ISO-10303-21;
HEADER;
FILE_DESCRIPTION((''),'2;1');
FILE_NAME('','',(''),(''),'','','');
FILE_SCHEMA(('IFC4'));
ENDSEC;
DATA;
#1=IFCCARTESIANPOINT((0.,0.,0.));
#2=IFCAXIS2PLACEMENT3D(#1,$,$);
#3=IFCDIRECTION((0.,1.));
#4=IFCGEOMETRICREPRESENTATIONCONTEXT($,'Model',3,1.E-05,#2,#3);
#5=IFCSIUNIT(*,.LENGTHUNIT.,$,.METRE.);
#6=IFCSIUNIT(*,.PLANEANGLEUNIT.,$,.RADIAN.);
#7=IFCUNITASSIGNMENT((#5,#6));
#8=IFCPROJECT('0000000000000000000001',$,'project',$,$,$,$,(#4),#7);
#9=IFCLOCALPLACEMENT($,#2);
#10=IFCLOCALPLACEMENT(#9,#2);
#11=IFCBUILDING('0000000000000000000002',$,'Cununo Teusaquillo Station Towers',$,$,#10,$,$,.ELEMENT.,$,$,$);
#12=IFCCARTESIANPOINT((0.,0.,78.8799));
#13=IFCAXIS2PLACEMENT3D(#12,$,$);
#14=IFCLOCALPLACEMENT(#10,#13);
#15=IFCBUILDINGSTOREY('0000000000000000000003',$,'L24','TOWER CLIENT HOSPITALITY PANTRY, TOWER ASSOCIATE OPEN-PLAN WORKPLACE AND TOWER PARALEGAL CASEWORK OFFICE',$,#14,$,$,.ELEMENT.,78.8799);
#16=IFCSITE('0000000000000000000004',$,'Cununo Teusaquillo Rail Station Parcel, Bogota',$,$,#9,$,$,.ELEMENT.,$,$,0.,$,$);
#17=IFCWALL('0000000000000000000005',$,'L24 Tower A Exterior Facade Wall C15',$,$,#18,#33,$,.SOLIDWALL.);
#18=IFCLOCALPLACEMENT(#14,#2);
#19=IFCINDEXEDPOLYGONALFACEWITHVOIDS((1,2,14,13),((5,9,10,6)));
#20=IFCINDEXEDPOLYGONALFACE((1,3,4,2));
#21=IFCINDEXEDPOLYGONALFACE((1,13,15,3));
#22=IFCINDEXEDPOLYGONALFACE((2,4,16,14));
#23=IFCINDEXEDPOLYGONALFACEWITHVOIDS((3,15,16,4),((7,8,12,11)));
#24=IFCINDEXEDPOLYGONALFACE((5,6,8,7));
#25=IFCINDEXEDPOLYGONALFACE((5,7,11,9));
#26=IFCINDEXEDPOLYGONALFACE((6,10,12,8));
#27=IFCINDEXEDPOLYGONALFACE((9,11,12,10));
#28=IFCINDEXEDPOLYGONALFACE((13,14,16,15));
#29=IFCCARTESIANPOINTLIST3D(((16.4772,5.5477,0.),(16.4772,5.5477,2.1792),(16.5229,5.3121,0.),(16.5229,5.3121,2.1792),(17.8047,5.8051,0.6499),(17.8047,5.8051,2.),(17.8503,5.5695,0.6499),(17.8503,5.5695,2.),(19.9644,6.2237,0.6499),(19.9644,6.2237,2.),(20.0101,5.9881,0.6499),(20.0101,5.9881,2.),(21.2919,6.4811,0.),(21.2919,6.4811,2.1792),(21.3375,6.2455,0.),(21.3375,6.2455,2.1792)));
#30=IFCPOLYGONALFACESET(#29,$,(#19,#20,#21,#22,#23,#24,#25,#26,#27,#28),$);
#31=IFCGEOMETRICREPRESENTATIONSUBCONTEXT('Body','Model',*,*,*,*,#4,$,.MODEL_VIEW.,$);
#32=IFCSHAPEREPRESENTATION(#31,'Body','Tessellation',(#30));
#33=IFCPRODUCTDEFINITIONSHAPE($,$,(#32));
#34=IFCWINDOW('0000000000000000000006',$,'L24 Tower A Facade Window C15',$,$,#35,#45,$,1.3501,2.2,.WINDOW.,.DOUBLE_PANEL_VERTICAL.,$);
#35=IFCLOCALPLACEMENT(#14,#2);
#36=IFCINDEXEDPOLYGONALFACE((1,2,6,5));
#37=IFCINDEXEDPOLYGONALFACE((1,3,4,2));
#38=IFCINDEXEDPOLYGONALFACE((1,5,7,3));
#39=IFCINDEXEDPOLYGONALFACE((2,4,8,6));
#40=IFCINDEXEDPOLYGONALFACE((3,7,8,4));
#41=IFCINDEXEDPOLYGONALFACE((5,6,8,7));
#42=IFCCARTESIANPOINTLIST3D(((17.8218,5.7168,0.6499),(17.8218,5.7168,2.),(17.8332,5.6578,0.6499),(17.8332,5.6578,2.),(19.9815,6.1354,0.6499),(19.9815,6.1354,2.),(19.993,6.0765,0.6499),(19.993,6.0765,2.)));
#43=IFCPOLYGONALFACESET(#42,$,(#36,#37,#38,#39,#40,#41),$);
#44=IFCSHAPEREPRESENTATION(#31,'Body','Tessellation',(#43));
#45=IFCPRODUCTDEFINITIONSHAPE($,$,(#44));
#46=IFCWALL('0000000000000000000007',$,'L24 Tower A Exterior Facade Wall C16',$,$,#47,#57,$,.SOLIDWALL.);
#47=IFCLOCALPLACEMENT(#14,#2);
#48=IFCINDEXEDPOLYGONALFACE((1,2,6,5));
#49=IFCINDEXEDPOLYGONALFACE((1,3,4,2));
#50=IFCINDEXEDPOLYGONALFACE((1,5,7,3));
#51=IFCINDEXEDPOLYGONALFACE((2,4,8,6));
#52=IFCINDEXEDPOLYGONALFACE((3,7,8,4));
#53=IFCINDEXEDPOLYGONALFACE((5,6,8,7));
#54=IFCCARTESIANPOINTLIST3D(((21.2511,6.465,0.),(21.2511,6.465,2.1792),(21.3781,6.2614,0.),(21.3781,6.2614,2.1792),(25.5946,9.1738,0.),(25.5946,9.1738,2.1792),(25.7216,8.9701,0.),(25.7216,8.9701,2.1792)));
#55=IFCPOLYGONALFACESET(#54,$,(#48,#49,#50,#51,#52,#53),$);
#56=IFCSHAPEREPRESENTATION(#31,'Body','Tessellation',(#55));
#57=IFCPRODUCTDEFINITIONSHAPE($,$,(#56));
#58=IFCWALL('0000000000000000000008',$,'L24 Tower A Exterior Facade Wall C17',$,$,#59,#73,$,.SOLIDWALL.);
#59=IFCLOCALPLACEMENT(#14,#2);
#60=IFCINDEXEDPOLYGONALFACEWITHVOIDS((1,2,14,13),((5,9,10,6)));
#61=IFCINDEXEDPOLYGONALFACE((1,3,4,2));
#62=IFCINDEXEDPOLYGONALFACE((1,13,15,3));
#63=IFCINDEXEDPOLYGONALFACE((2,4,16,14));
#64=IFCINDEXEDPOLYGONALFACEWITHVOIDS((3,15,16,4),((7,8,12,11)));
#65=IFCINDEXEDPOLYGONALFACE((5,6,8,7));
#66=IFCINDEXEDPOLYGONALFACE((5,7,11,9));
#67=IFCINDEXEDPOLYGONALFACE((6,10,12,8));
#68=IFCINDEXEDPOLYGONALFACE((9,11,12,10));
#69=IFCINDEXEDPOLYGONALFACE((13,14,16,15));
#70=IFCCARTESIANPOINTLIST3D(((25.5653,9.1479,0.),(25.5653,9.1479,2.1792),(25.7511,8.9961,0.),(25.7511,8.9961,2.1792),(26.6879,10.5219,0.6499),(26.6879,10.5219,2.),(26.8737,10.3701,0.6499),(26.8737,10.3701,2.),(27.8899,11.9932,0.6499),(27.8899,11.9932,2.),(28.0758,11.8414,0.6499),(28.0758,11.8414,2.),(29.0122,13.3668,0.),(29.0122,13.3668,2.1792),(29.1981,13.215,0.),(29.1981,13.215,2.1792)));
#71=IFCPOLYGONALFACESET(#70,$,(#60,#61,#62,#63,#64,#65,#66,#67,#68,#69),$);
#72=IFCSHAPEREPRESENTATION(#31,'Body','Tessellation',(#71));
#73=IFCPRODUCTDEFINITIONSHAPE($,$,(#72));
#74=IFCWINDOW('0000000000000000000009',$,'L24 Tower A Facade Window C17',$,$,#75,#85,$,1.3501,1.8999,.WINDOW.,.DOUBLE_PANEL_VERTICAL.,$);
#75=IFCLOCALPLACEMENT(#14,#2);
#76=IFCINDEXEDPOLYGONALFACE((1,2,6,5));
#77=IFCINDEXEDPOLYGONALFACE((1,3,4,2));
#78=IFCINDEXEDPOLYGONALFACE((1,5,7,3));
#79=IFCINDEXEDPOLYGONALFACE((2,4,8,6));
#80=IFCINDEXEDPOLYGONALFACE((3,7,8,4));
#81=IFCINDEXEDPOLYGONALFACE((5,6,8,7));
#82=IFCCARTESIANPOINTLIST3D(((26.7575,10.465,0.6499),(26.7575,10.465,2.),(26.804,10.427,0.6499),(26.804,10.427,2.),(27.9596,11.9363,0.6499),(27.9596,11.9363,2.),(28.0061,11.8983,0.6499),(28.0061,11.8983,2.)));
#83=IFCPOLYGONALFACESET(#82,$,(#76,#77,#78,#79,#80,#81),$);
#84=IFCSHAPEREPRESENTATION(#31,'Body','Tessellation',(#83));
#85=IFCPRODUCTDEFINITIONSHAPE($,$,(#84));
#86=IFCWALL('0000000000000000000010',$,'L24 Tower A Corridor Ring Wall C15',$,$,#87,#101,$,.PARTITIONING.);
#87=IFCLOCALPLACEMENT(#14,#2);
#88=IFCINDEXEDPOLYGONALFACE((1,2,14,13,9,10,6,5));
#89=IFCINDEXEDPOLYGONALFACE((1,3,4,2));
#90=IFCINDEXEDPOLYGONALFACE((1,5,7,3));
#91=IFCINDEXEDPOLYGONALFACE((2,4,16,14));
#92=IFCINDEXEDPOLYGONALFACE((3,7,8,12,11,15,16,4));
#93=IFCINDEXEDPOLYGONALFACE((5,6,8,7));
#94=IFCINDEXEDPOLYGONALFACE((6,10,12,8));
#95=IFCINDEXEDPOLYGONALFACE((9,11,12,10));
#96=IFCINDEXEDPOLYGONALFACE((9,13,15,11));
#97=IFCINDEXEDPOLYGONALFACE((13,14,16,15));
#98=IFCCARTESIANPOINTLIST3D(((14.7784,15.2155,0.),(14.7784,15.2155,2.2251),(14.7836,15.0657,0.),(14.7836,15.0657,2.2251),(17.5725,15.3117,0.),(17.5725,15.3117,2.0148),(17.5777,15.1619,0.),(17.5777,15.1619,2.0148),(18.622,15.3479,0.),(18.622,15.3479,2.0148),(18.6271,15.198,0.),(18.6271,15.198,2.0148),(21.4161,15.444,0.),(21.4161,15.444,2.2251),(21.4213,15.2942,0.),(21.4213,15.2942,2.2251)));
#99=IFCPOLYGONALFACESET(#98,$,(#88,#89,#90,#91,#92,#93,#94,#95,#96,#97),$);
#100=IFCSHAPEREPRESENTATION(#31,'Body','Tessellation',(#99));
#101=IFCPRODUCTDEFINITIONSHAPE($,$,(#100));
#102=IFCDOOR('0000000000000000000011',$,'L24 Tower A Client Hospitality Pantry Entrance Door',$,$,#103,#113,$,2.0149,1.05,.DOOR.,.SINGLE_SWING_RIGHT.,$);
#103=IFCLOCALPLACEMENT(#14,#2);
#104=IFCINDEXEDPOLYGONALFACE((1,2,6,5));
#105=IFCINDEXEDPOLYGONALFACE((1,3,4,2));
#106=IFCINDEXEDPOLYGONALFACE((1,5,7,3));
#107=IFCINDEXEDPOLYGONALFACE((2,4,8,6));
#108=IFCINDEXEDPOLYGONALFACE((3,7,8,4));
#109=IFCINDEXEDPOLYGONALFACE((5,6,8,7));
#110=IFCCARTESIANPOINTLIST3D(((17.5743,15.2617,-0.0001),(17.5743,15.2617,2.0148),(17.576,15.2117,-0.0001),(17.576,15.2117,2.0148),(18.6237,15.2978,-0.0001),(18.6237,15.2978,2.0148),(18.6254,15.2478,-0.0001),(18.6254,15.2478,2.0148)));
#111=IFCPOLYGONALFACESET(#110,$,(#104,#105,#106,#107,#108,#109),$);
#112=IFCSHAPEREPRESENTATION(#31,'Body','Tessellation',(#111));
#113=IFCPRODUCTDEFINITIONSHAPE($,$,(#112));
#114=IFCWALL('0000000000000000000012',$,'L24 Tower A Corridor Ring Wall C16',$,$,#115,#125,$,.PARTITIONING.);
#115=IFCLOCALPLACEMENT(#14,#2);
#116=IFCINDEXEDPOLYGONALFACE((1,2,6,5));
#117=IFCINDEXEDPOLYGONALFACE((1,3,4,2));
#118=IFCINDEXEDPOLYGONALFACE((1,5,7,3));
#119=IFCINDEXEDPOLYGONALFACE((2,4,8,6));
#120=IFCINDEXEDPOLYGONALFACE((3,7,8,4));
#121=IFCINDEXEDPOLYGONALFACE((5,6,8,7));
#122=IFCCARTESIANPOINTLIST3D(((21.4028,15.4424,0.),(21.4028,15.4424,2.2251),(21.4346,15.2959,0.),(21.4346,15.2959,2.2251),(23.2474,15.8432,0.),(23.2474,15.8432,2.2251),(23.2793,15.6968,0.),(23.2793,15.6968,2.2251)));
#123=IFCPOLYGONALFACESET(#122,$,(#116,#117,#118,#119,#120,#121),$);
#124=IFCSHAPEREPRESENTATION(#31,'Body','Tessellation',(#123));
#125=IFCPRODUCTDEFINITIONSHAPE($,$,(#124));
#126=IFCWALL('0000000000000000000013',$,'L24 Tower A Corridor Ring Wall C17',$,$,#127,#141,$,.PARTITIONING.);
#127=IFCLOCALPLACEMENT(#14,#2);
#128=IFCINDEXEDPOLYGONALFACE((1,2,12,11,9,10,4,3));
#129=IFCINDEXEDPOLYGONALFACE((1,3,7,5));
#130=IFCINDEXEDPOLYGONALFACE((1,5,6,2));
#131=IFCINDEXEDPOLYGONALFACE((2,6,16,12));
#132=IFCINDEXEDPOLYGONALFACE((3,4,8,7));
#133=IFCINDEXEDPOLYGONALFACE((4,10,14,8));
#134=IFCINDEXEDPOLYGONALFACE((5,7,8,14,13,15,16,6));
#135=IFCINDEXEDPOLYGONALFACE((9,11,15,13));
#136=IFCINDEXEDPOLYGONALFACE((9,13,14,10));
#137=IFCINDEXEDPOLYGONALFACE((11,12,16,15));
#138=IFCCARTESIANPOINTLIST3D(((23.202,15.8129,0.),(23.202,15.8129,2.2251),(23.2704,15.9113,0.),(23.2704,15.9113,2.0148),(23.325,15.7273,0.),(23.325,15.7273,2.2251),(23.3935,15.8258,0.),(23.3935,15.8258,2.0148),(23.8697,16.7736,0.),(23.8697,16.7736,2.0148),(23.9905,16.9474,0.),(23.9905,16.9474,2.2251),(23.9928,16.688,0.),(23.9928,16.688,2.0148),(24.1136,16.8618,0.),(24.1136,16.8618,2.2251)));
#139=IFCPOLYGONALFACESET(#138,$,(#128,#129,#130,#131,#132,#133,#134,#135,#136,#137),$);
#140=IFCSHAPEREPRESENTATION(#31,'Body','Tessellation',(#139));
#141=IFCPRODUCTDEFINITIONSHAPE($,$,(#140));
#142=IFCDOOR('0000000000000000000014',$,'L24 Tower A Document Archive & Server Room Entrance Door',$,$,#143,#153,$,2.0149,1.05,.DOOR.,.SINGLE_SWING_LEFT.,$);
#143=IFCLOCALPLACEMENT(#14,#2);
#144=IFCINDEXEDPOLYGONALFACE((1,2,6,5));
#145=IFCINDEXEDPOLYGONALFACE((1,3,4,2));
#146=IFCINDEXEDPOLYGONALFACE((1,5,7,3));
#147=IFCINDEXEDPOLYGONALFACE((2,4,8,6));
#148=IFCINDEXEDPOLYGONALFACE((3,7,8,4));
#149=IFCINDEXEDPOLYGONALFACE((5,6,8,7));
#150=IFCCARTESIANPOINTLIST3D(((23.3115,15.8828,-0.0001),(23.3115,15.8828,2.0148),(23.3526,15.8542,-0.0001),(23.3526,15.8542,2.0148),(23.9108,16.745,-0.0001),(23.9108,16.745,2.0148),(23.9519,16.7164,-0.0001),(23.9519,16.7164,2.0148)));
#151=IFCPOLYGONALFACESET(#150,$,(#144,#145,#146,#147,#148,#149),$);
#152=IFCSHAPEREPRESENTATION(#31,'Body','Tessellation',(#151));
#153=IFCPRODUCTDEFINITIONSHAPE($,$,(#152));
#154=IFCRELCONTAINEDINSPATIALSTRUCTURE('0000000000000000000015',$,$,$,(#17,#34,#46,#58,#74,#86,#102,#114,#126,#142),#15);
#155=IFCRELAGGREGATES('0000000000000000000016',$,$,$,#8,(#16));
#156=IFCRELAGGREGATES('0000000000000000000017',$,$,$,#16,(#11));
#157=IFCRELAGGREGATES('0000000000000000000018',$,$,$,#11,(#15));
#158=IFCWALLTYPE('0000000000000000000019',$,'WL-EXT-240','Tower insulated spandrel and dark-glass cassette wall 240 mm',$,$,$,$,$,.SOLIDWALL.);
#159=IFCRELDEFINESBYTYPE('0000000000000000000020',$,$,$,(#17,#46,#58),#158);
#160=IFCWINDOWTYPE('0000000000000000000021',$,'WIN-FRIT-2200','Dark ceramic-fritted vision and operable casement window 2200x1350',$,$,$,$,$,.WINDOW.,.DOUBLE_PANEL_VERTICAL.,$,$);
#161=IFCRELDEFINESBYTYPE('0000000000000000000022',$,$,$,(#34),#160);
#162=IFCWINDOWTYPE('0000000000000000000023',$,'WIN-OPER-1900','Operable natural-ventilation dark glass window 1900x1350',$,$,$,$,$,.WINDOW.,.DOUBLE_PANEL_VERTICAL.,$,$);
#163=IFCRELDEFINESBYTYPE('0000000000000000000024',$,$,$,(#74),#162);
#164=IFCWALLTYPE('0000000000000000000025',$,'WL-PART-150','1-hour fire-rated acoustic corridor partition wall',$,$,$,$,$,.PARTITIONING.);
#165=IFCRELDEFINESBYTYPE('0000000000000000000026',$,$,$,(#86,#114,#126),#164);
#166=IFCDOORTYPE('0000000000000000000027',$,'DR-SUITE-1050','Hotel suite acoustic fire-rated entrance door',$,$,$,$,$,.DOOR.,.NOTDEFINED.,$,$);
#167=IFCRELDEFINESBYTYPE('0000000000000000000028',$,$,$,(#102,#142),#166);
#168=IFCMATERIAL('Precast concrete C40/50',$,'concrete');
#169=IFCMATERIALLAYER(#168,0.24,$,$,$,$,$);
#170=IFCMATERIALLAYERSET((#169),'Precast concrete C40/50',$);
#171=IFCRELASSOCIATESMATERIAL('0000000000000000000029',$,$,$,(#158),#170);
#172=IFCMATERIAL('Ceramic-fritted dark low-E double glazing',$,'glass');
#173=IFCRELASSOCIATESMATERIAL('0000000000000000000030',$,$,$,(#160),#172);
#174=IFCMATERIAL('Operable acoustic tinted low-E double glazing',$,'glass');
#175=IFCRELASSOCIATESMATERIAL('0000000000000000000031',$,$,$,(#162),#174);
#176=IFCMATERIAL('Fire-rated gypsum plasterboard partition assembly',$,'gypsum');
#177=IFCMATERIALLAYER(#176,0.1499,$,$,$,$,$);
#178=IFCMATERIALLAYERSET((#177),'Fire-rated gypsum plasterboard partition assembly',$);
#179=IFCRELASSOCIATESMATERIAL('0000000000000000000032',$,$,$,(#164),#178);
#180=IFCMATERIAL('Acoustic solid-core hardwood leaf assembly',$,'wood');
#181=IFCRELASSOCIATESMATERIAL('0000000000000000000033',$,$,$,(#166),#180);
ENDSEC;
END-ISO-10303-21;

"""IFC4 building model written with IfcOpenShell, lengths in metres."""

from ifc_helpers import new_model, si_unit, direction, frame, frame_2d, origin, place, context, subcontext, project, spatial, rectangle, extrude, source, transform, mapped, material, layer, layer_set, type_object, element, fill, save


model = new_model("IFC4")

# Units and contexts
model_context = context("Model", 3, precision=1e-05, world=origin(), true_north=direction((0.0, 1.0)))
body_context = subcontext(model_context, "Body", "Model", "MODEL_VIEW")
ifc_project = project(units=[si_unit("LENGTHUNIT", "METRE"), si_unit("PLANEANGLEUNIT", "RADIAN")], contexts=[model_context])

# Site, building, storey
site_placement = place(None, origin())
site = spatial("IfcSite", under=ifc_project, at=site_placement, Name="Cununo Teusaquillo Rail Station Parcel, Bogota", CompositionType="ELEMENT", RefElevation=0.0)
building_placement = place(site_placement, origin())
building = spatial("IfcBuilding", under=site, at=building_placement, Name="Cununo Teusaquillo Station Towers", CompositionType="ELEMENT")
storey_placement = place(building_placement, frame((0.0, 0.0, 78.8799)))
storey = spatial("IfcBuildingStorey", under=building, at=storey_placement, Name="L24", Description="TOWER CLIENT HOSPITALITY PANTRY, TOWER ASSOCIATE OPEN-PLAN WORKPLACE AND TOWER PARALEGAL CASEWORK OFFICE", CompositionType="ELEMENT", Elevation=78.8799)

# Shared definitions
ifc_material_1 = material(Name="Precast concrete C40/50", Category="concrete")
ifc_layer_1 = layer(ifc_material_1, 0.24)
ifc_layer_set_1 = layer_set([ifc_layer_1], Name="Precast concrete C40/50")
wall_type_1 = type_object("IfcWallType", Name="WL-EXT-240", Description="Tower insulated spandrel and dark-glass cassette wall 240 mm", PredefinedType="SOLIDWALL", material=ifc_layer_set_1)

# Wall, opening, window
wall_1_placement = place(storey_placement, frame((21.3147, 6.3633, 0.0), z_axis=(0.0, 0.0, 1.0), x_axis=(-0.981724, -0.190311, 0.0)))
wall_1 = element("IfcWall", 1, at=wall_1_placement, inside=storey, type_object=wall_type_1, Name="L24 Tower A Exterior Facade Wall C15", PredefinedType="SOLIDWALL", context=body_context, shape_type="SweptSolid", body=[
    extrude(rectangle(XDim=4.9043, YDim=0.24, at=frame_2d((2.4521, 0.0))), origin(), (0.0, 0.0, 1.0), 2.1792),
])
shared_shape_1 = source(origin(), body_context, "Body", "SweptSolid", [
    extrude(rectangle(XDim=2.2, YDim=1.3501, at=frame_2d((1.1001, 0.675))), frame((0.0, 0.1299, 0.0), z_axis=(0.0, -1.0, 0.0), x_axis=(1.0, 0.0, 0.0)), (0.0, 0.0, 1.0), 0.26),
])
opening_1_placement = place(wall_1_placement, frame((1.3521, 0.0, 0.6499)))
opening_1 = element("IfcOpeningElement", 2, at=opening_1_placement, cuts=wall_1, PredefinedType="OPENING", context=body_context, shape_type="MappedRepresentation", body=[
    mapped(shared_shape_1, transform((0.0, 0.0, 0.0), x_axis=(1.0, 0.0, 0.0), y_axis=(0.0, 1.0, 0.0), z_axis=(0.0, 0.0, 1.0), scale=1.0)),
])
ifc_material_2 = material(Name="Ceramic-fritted dark low-E double glazing", Category="glass")
window_type_1 = type_object("IfcWindowType", Name="WIN-FRIT-2200", Description="Dark ceramic-fritted vision and operable casement window 2200x1350", PartitioningType="DOUBLE_PANEL_VERTICAL", PredefinedType="WINDOW", material=ifc_material_2)
shared_shape_2 = source(origin(), body_context, "Body", "SweptSolid", [
    extrude(rectangle(XDim=2.2, YDim=1.3501, at=frame_2d((1.1001, 0.675))), frame((0.0, 0.03, 0.0), z_axis=(0.0, -1.0, 0.0), x_axis=(1.0, 0.0, 0.0)), (0.0, 0.0, 1.0), 0.0601),
])
window_1_placement = place(opening_1_placement, origin())
window_1 = element("IfcWindow", 3, at=window_1_placement, inside=storey, type_object=window_type_1, Name="L24 Tower A Facade Window C15", OverallHeight=1.3501, OverallWidth=2.2, PartitioningType="DOUBLE_PANEL_VERTICAL", PredefinedType="WINDOW", context=body_context, shape_type="MappedRepresentation", body=[
    mapped(shared_shape_2, transform((0.0, 0.0, 0.0), x_axis=(1.0, 0.0, 0.0), y_axis=(0.0, 1.0, 0.0), z_axis=(0.0, 0.0, 1.0), scale=1.0)),
])
fill(opening_1, window_1)

# Wall
wall_2_placement = place(storey_placement, frame((25.6582, 9.072, 0.0), z_axis=(0.0, 0.0, 1.0), x_axis=(-0.84852, -0.529163, 0.0)))
element("IfcWall", 4, at=wall_2_placement, inside=storey, type_object=wall_type_1, Name="L24 Tower A Exterior Facade Wall C16", PredefinedType="SOLIDWALL", context=body_context, shape_type="SweptSolid", body=[
    extrude(rectangle(XDim=5.1189, YDim=0.24, at=frame_2d((2.5596, 0.0))), origin(), (0.0, 0.0, 1.0), 2.1792),
])

# Wall, opening, window
wall_3_placement = place(storey_placement, frame((29.1052, 13.291, 0.0), z_axis=(0.0, 0.0, 1.0), x_axis=(-0.632701, -0.774396, 0.0)))
wall_3 = element("IfcWall", 5, at=wall_3_placement, inside=storey, type_object=wall_type_1, Name="L24 Tower A Exterior Facade Wall C17", PredefinedType="SOLIDWALL", context=body_context, shape_type="SweptSolid", body=[
    extrude(rectangle(XDim=5.448, YDim=0.24, at=frame_2d((2.7241, 0.0))), origin(), (0.0, 0.0, 1.0), 2.1792),
])
shared_shape_3 = source(origin(), body_context, "Body", "SweptSolid", [
    extrude(rectangle(XDim=1.8999, YDim=1.3501, at=frame_2d((0.95, 0.675))), frame((0.0, 0.1299, 0.0), z_axis=(0.0, -1.0, 0.0), x_axis=(1.0, 0.0, 0.0)), (0.0, 0.0, 1.0), 0.26),
])
opening_2_placement = place(wall_3_placement, frame((1.7739, 0.0, 0.6499)))
opening_2 = element("IfcOpeningElement", 6, at=opening_2_placement, cuts=wall_3, PredefinedType="OPENING", context=body_context, shape_type="MappedRepresentation", body=[
    mapped(shared_shape_3, transform((0.0, 0.0, 0.0), x_axis=(1.0, 0.0, 0.0), y_axis=(0.0, 1.0, 0.0), z_axis=(0.0, 0.0, 1.0), scale=1.0)),
])
ifc_material_3 = material(Name="Operable acoustic tinted low-E double glazing", Category="glass")
window_type_2 = type_object("IfcWindowType", Name="WIN-OPER-1900", Description="Operable natural-ventilation dark glass window 1900x1350", PartitioningType="DOUBLE_PANEL_VERTICAL", PredefinedType="WINDOW", material=ifc_material_3)
shared_shape_4 = source(origin(), body_context, "Body", "SweptSolid", [
    extrude(rectangle(XDim=1.8999, YDim=1.3501, at=frame_2d((0.95, 0.675))), frame((0.0, 0.03, 0.0), z_axis=(0.0, -1.0, 0.0), x_axis=(1.0, 0.0, 0.0)), (0.0, 0.0, 1.0), 0.0601),
])
window_2_placement = place(opening_2_placement, origin())
window_2 = element("IfcWindow", 7, at=window_2_placement, inside=storey, type_object=window_type_2, Name="L24 Tower A Facade Window C17", OverallHeight=1.3501, OverallWidth=1.8999, PartitioningType="DOUBLE_PANEL_VERTICAL", PredefinedType="WINDOW", context=body_context, shape_type="MappedRepresentation", body=[
    mapped(shared_shape_4, transform((0.0, 0.0, 0.0), x_axis=(1.0, 0.0, 0.0), y_axis=(0.0, 1.0, 0.0), z_axis=(0.0, 0.0, 1.0), scale=1.0)),
])
fill(opening_2, window_2)

# Wall, opening, door
ifc_material_4 = material(Name="Fire-rated gypsum plasterboard partition assembly", Category="gypsum")
ifc_layer_2 = layer(ifc_material_4, 0.1499)
ifc_layer_set_2 = layer_set([ifc_layer_2], Name="Fire-rated gypsum plasterboard partition assembly")
wall_type_2 = type_object("IfcWallType", Name="WL-PART-150", Description="1-hour fire-rated acoustic corridor partition wall", PredefinedType="PARTITIONING", material=ifc_layer_set_2)
wall_4_placement = place(storey_placement, frame((14.781, 15.1406, 0.0), z_axis=(0.0, 0.0, 1.0), x_axis=(0.999408, 0.034407, 0.0)))
wall_4 = element("IfcWall", 8, at=wall_4_placement, inside=storey, type_object=wall_type_2, Name="L24 Tower A Corridor Ring Wall C15", PredefinedType="PARTITIONING", context=body_context, shape_type="SweptSolid", body=[
    extrude(rectangle(XDim=6.6416, YDim=0.1499, at=frame_2d((3.3208, 0.0))), origin(), (0.0, 0.0, 1.0), 2.2251),
])
shared_shape_5 = source(origin(), body_context, "Body", "SweptSolid", [
    extrude(rectangle(XDim=1.05, YDim=2.0149, at=frame_2d((0.5249, 1.0073))), frame((0.0, 0.085, 0.0), z_axis=(0.0, -1.0, 0.0), x_axis=(1.0, 0.0, 0.0)), (0.0, 0.0, 1.0), 0.1699),
])
opening_3_placement = place(wall_4_placement, frame((2.7959, 0.0, 0.0)))
opening_3 = element("IfcOpeningElement", 9, at=opening_3_placement, cuts=wall_4, PredefinedType="OPENING", context=body_context, shape_type="MappedRepresentation", body=[
    mapped(shared_shape_5, transform((0.0, 0.0, 0.0), x_axis=(1.0, 0.0, 0.0), y_axis=(0.0, 1.0, 0.0), z_axis=(0.0, 0.0, 1.0), scale=1.0)),
])
ifc_material_5 = material(Name="Acoustic solid-core hardwood leaf assembly", Category="wood")
door_type_1 = type_object("IfcDoorType", Name="DR-SUITE-1050", Description="Hotel suite acoustic fire-rated entrance door", OperationType="NOTDEFINED", PredefinedType="DOOR", material=ifc_material_5)
shared_shape_6 = source(origin(), body_context, "Body", "SweptSolid", [
    extrude(rectangle(XDim=1.05, YDim=2.0149, at=frame_2d((0.5249, 1.0073))), frame((0.0, 0.0249, 0.0), z_axis=(0.0, -1.0, 0.0), x_axis=(1.0, 0.0, 0.0)), (0.0, 0.0, 1.0), 0.05),
])
door_1_placement = place(opening_3_placement, origin())
door_1 = element("IfcDoor", 10, at=door_1_placement, inside=storey, type_object=door_type_1, Name="L24 Tower A Client Hospitality Pantry Entrance Door", OperationType="SINGLE_SWING_RIGHT", OverallHeight=2.0149, OverallWidth=1.05, PredefinedType="DOOR", context=body_context, shape_type="MappedRepresentation", body=[
    mapped(shared_shape_6, transform((0.0, 0.0, 0.0), x_axis=(1.0, 0.0, 0.0), y_axis=(0.0, 1.0, 0.0), z_axis=(0.0, 0.0, 1.0), scale=1.0)),
])
fill(opening_3, door_1)

# Wall
wall_5_placement = place(storey_placement, frame((21.4187, 15.3691, 0.0), z_axis=(0.0, 0.0, 1.0), x_axis=(0.977193, 0.212354, 0.0)))
element("IfcWall", 11, at=wall_5_placement, inside=storey, type_object=wall_type_2, Name="L24 Tower A Corridor Ring Wall C16", PredefinedType="PARTITIONING", context=body_context, shape_type="SweptSolid", body=[
    extrude(rectangle(XDim=1.8877, YDim=0.1499, at=frame_2d((0.9438, 0.0))), origin(), (0.0, 0.0, 1.0), 2.2251),
])

# Wall, opening, door
wall_6_placement = place(storey_placement, frame((23.2634, 15.77, 0.0), z_axis=(0.0, 0.0, 1.0), x_axis=(0.570743, 0.821128, 0.0)))
wall_6 = element("IfcWall", 12, at=wall_6_placement, inside=storey, type_object=wall_type_2, Name="L24 Tower A Corridor Ring Wall C17", PredefinedType="PARTITIONING", context=body_context, shape_type="SweptSolid", body=[
    extrude(rectangle(XDim=1.3816, YDim=0.1499, at=frame_2d((0.6909, 0.0))), origin(), (0.0, 0.0, 1.0), 2.2251),
])
opening_4_placement = place(wall_6_placement, frame((0.1201, 0.0, 0.0)))
opening_4 = element("IfcOpeningElement", 13, at=opening_4_placement, cuts=wall_6, PredefinedType="OPENING", context=body_context, shape_type="MappedRepresentation", body=[
    mapped(shared_shape_5, transform((0.0, 0.0, 0.0), x_axis=(1.0, 0.0, 0.0), y_axis=(0.0, 1.0, 0.0), z_axis=(0.0, 0.0, 1.0), scale=1.0)),
])
door_2_placement = place(opening_4_placement, origin())
door_2 = element("IfcDoor", 14, at=door_2_placement, inside=storey, type_object=door_type_1, Name="L24 Tower A Document Archive & Server Room Entrance Door", OperationType="SINGLE_SWING_LEFT", OverallHeight=2.0149, OverallWidth=1.05, PredefinedType="DOOR", context=body_context, shape_type="MappedRepresentation", body=[
    mapped(shared_shape_6, transform((0.0, 0.0, 0.0), x_axis=(1.0, 0.0, 0.0), y_axis=(0.0, 1.0, 0.0), z_axis=(0.0, 0.0, 1.0), scale=1.0)),
])
fill(opening_4, door_2)

save(model, "model.ifc")
